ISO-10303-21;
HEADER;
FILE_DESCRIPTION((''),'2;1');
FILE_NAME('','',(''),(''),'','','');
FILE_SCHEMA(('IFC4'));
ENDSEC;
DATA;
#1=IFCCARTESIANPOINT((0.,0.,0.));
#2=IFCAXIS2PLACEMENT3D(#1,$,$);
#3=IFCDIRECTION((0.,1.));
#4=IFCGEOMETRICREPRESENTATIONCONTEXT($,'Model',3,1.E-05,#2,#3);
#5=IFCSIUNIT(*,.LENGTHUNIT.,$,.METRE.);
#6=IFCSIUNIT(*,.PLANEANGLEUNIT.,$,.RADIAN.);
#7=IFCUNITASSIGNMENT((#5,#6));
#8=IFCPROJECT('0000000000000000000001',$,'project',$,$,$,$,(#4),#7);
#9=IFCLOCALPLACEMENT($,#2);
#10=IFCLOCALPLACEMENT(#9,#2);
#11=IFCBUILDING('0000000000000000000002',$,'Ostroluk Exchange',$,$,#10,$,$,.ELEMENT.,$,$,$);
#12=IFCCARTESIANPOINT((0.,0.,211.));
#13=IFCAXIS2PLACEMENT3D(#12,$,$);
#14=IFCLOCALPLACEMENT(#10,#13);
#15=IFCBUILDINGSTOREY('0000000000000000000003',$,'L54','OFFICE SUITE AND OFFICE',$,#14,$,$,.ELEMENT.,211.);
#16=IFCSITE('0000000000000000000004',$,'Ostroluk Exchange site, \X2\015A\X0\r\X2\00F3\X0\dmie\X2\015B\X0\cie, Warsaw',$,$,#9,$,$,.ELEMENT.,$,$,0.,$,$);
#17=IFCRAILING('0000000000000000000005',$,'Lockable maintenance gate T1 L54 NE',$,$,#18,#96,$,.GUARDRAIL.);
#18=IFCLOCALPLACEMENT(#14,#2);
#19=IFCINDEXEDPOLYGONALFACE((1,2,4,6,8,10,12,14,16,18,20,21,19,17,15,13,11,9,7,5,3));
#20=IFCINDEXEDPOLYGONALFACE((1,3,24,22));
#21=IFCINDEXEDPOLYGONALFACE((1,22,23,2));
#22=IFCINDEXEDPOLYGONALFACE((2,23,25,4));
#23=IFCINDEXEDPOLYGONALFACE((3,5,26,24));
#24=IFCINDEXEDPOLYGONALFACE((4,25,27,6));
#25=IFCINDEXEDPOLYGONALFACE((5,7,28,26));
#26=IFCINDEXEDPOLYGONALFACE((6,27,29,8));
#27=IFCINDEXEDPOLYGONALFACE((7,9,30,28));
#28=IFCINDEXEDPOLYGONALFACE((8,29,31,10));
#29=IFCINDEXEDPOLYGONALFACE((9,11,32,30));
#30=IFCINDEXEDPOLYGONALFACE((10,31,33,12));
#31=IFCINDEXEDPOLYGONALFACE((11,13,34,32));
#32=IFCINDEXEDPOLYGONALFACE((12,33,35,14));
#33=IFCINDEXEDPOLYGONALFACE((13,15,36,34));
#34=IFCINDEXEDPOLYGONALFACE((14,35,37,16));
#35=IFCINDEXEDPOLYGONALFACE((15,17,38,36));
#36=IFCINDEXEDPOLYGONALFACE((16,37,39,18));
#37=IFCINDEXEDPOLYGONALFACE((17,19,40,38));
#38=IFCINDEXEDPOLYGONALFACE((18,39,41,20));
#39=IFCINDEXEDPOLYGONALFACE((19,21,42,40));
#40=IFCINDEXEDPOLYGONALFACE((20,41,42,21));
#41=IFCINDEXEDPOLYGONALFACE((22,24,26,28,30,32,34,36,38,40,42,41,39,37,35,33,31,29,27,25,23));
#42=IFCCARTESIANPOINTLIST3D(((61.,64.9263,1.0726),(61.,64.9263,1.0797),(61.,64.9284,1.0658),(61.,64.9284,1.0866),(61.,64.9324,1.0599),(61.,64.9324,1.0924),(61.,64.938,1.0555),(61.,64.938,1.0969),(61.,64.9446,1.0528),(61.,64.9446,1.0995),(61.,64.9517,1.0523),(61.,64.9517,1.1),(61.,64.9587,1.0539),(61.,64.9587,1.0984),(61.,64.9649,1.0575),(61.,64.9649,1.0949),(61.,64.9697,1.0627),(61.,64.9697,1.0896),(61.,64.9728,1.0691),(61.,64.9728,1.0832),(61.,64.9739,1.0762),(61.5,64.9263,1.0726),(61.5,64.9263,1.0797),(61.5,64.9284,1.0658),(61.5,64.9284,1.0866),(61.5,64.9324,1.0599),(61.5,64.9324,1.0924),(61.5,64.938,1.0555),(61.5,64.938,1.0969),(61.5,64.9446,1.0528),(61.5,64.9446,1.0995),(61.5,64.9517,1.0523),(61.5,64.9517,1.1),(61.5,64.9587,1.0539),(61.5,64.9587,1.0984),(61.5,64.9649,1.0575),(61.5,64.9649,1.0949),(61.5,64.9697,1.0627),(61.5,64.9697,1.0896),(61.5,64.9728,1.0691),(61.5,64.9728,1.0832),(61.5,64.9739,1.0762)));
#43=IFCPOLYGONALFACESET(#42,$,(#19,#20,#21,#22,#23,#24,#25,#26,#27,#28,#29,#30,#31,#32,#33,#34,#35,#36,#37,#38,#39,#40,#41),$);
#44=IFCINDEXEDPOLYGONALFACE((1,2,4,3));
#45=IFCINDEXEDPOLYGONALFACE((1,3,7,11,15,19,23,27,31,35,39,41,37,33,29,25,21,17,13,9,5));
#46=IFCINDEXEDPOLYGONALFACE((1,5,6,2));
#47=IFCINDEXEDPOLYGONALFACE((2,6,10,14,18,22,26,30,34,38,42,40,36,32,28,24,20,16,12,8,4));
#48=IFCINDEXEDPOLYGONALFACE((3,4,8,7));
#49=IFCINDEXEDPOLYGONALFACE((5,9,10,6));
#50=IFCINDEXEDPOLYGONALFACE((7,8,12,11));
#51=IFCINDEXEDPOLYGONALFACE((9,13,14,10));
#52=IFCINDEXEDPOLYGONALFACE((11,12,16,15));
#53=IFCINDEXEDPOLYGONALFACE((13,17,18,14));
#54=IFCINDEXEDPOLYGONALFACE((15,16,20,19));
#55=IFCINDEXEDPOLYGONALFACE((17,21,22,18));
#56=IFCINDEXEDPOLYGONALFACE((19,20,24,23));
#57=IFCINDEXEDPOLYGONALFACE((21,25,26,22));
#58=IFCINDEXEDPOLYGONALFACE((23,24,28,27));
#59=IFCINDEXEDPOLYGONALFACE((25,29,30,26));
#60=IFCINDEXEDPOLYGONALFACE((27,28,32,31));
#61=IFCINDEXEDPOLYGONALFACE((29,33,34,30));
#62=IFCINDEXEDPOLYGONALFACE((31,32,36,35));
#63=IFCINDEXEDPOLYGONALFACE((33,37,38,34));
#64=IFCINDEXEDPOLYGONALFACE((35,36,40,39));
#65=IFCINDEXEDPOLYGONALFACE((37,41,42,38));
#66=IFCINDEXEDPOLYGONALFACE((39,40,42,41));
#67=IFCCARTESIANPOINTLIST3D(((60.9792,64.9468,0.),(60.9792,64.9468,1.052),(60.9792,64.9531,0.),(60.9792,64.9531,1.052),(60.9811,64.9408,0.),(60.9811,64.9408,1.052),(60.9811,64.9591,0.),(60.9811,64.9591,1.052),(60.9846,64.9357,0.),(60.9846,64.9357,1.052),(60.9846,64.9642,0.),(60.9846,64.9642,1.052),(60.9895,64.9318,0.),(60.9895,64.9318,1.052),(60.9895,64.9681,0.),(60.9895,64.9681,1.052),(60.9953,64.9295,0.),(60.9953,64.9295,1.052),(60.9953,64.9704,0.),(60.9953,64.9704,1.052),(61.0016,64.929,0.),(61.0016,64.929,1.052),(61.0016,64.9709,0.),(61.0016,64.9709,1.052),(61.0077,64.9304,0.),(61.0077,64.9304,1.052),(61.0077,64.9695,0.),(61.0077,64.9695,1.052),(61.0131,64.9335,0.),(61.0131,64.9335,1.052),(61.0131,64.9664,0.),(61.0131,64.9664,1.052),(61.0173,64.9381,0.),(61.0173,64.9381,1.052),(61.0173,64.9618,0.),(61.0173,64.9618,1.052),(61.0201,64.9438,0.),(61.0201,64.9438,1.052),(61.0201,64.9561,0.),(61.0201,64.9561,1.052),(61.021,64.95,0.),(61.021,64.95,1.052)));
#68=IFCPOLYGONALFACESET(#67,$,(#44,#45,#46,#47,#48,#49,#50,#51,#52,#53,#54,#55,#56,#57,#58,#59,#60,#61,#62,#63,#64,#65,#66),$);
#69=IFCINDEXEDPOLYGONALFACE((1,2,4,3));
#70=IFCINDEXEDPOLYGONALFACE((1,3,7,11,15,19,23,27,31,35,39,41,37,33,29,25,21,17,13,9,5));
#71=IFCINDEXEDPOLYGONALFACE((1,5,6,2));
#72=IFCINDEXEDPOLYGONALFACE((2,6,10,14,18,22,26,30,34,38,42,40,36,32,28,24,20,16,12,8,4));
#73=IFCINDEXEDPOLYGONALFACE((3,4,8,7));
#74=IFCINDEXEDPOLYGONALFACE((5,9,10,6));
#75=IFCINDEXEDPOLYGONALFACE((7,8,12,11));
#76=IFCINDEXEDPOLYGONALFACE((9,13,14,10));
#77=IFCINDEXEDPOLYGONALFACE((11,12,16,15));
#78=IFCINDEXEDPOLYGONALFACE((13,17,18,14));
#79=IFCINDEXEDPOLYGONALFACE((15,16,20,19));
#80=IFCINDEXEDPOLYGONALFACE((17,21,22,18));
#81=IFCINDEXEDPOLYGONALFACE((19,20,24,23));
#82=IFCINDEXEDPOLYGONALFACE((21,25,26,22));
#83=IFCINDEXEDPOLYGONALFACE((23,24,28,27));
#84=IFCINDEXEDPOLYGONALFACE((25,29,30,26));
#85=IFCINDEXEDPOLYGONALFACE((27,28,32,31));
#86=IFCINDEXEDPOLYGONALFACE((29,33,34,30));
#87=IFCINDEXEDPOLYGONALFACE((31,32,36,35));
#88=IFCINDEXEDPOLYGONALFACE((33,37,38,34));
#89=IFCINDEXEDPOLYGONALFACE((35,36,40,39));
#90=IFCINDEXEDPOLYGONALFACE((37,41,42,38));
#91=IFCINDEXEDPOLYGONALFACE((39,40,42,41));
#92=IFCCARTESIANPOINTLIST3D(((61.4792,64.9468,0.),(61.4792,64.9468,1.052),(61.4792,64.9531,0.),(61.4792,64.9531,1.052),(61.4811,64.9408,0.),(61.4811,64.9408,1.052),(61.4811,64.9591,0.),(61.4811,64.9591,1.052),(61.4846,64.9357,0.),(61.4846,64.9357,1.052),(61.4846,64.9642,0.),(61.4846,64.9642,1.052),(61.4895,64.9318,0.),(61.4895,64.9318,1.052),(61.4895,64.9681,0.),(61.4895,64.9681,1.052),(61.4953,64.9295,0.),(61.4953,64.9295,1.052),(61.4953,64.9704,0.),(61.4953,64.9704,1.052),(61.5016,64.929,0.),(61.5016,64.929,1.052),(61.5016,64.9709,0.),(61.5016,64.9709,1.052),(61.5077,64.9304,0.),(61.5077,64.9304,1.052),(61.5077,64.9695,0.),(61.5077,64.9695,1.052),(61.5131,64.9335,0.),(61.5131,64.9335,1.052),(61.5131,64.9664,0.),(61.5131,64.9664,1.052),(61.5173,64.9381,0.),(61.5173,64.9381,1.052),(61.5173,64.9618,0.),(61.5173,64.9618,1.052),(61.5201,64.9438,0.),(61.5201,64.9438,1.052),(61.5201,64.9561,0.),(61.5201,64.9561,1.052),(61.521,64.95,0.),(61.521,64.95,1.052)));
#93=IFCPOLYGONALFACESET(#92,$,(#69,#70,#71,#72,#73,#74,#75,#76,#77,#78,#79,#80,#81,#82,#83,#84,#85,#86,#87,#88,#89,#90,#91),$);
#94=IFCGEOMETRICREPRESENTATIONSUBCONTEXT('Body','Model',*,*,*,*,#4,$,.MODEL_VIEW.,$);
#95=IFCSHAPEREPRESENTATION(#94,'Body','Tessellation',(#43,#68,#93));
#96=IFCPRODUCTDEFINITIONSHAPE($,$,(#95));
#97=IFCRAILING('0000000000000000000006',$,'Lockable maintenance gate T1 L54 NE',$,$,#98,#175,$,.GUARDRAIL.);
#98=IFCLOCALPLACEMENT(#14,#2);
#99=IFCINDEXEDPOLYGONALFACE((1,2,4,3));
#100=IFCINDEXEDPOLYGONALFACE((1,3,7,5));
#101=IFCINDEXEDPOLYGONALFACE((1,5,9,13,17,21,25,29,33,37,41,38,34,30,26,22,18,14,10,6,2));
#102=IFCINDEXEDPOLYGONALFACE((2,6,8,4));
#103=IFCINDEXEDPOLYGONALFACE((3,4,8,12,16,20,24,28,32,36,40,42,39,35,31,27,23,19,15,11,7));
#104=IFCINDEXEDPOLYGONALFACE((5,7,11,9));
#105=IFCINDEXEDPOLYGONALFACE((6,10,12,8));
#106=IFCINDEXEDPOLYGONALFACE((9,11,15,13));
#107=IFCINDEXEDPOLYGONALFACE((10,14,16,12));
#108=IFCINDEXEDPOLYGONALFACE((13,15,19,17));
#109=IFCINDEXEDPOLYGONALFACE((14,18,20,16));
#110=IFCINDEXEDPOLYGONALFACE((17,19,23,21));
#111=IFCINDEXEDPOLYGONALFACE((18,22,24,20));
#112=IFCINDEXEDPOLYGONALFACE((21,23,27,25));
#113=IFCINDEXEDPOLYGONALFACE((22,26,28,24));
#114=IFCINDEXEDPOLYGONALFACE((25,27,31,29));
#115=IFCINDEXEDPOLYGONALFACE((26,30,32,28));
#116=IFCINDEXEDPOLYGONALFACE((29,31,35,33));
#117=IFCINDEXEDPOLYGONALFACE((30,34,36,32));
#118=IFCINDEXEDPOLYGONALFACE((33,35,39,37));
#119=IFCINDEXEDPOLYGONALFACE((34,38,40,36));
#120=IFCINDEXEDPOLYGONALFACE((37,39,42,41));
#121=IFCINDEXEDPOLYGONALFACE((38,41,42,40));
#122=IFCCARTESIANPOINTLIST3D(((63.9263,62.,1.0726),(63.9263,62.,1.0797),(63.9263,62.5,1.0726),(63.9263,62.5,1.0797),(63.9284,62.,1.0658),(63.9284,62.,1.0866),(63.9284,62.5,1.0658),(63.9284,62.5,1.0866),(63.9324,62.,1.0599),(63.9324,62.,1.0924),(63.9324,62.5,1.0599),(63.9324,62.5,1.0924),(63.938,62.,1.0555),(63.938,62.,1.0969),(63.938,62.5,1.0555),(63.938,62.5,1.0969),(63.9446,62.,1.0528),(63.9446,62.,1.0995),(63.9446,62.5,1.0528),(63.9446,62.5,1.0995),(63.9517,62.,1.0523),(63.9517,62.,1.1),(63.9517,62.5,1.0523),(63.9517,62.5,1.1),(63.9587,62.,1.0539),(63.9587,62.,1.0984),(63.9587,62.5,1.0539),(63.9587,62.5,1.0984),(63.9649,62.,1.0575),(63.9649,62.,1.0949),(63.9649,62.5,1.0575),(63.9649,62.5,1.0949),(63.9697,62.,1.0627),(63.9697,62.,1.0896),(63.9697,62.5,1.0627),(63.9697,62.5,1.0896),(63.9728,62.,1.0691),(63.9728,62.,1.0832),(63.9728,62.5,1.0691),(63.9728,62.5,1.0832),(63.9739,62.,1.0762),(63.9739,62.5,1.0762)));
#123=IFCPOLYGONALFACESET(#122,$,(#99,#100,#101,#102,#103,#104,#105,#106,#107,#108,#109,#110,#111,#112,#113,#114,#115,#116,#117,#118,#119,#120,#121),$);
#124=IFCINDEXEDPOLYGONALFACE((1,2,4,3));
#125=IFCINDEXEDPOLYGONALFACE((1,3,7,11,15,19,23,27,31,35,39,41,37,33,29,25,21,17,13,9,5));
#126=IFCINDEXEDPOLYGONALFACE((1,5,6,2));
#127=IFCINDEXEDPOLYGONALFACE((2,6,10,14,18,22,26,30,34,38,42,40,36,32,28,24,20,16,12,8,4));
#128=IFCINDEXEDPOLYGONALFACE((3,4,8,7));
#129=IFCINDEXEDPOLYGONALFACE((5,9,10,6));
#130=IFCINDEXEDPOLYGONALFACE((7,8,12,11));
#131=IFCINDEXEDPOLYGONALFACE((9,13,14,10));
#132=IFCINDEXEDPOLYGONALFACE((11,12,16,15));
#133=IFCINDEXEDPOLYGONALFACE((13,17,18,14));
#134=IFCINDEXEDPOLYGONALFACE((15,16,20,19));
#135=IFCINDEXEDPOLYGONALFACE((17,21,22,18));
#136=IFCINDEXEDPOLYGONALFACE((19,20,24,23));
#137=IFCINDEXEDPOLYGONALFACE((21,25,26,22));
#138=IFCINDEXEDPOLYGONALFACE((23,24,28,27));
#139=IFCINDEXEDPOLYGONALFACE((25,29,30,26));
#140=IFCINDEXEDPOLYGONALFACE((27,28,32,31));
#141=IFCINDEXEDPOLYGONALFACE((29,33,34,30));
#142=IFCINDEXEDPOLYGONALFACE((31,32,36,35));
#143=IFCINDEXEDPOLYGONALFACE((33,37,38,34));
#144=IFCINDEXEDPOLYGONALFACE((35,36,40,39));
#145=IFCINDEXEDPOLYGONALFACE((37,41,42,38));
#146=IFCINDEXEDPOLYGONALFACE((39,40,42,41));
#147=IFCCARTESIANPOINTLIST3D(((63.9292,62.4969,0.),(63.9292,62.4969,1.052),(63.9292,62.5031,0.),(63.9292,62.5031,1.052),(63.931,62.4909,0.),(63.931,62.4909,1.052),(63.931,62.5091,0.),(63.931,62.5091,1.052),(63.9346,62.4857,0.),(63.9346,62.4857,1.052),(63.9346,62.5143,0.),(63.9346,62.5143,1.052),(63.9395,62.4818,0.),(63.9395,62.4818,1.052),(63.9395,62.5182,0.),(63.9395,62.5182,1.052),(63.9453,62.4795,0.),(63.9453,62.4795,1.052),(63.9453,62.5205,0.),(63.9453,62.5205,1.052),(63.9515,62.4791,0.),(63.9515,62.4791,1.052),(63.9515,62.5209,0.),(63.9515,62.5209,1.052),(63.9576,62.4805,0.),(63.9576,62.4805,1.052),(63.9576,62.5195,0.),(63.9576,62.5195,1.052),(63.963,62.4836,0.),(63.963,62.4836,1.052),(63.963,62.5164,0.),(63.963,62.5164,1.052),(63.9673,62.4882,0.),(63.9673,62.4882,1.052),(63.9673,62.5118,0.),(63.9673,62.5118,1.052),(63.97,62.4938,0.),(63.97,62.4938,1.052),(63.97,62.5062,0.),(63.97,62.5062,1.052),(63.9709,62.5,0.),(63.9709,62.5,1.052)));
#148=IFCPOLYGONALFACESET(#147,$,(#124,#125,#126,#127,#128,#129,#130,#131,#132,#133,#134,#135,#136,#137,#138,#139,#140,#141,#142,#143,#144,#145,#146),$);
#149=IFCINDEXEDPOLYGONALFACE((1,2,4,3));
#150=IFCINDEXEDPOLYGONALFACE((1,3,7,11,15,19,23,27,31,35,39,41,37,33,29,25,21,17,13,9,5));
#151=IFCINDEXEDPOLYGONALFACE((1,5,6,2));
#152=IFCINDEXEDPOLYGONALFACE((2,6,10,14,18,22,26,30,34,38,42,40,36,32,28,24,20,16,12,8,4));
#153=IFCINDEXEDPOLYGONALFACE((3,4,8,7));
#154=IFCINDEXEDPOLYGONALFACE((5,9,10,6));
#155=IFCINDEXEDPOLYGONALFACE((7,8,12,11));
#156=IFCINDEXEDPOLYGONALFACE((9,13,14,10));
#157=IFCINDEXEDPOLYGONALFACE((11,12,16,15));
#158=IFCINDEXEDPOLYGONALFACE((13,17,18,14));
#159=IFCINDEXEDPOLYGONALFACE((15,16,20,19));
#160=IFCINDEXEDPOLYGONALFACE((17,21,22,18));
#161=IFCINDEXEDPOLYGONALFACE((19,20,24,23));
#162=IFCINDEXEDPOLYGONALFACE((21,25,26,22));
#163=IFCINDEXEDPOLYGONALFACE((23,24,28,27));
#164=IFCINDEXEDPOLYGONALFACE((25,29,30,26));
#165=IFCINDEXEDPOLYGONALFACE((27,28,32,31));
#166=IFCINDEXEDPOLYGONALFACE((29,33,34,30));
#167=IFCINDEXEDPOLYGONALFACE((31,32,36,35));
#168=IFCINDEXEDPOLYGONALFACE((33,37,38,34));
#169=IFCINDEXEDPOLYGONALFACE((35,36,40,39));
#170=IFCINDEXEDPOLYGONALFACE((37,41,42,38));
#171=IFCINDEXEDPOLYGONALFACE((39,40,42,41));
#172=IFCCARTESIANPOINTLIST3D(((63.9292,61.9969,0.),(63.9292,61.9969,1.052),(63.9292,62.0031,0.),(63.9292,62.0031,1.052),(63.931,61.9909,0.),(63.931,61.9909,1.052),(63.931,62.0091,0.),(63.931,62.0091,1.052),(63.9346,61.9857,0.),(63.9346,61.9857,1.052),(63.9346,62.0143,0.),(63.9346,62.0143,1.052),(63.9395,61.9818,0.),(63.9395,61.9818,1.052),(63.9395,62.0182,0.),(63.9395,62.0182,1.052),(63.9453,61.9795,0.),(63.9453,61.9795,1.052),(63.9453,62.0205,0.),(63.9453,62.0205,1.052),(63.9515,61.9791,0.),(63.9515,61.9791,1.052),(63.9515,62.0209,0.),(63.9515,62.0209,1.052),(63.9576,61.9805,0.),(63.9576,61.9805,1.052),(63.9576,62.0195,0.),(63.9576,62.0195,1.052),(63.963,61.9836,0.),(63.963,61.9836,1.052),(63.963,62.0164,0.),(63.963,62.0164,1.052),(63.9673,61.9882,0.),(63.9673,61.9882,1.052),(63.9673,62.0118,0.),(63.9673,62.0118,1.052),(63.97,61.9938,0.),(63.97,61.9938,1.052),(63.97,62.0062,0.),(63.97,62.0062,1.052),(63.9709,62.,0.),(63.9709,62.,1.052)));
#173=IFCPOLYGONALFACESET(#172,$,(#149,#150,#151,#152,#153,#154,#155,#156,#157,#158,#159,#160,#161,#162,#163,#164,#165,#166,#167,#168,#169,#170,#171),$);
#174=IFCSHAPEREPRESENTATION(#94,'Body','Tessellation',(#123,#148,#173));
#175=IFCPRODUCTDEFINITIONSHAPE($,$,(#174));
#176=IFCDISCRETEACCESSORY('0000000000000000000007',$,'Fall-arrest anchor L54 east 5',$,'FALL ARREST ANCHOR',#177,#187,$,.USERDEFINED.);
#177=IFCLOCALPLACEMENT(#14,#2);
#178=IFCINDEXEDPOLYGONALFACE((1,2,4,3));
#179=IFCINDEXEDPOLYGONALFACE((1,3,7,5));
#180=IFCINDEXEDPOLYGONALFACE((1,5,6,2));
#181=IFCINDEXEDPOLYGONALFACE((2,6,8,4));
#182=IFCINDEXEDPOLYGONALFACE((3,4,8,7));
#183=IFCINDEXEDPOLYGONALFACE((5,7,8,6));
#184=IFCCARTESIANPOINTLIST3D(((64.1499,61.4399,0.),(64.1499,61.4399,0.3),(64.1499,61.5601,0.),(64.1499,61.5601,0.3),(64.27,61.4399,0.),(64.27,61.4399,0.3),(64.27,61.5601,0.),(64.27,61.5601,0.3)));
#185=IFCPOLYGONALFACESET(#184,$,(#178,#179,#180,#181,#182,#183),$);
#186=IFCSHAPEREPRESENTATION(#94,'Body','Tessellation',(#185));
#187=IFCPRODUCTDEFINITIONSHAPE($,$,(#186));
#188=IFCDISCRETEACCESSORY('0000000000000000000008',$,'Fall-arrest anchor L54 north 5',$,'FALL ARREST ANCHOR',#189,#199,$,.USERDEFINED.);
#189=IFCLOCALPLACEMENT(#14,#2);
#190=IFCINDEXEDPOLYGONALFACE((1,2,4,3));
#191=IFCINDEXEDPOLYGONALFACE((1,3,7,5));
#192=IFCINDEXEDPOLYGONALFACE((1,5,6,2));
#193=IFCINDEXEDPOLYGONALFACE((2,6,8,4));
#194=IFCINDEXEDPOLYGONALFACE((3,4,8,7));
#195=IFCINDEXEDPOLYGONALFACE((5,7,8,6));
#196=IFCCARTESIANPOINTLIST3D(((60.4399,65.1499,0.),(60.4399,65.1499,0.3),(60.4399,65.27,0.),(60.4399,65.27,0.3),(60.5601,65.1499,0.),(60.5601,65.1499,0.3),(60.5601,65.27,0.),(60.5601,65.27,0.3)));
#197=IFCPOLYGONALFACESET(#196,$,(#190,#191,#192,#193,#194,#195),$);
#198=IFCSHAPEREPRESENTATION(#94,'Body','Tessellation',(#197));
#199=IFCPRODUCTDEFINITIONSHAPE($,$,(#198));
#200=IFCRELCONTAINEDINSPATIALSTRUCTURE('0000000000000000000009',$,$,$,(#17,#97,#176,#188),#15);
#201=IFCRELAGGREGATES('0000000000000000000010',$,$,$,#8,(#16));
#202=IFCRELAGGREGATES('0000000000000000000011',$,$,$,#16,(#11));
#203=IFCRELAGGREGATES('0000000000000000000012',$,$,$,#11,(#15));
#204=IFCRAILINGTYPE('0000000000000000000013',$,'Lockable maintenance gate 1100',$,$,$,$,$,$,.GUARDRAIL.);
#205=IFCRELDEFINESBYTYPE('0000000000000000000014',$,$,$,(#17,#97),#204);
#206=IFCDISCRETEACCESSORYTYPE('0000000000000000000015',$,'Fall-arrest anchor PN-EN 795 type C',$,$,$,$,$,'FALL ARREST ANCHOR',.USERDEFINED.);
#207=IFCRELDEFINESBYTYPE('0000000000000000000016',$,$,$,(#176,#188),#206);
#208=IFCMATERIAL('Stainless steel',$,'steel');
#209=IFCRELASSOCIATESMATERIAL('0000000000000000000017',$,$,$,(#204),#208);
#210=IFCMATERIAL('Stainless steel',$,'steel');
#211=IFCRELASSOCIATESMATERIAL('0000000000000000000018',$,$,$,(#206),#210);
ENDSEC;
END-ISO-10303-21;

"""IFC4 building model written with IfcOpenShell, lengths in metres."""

from ifc_helpers import new_model, si_unit, direction, frame, origin, origin_2d, place, context, subcontext, project, spatial, rectangle, circle, extrude, material, type_object, element, save


model = new_model("IFC4")

# Units and contexts
model_context = context("Model", 3, precision=1e-05, world=origin(), true_north=direction((0.0, 1.0)))
body_context = subcontext(model_context, "Body", "Model", "MODEL_VIEW")
ifc_project = project(units=[si_unit("LENGTHUNIT", "METRE"), si_unit("PLANEANGLEUNIT", "RADIAN")], contexts=[model_context])

# Site, building, storey
site_placement = place(None, origin())
site = spatial("IfcSite", under=ifc_project, at=site_placement, Name="Ostroluk Exchange site, Śródmieście, Warsaw", CompositionType="ELEMENT", RefElevation=0.0)
building_placement = place(site_placement, origin())
building = spatial("IfcBuilding", under=site, at=building_placement, Name="Ostroluk Exchange", CompositionType="ELEMENT")
storey_placement = place(building_placement, frame((0.0, 0.0, 211.0)))
storey = spatial("IfcBuildingStorey", under=building, at=storey_placement, Name="L54", Description="OFFICE SUITE AND OFFICE", CompositionType="ELEMENT", Elevation=211.0)

# Railings
ifc_material_1 = material(Name="Stainless steel", Category="steel")
railing_type_1 = type_object("IfcRailingType", Name="Lockable maintenance gate 1100", PredefinedType="GUARDRAIL", material=ifc_material_1)
railing_1_placement = place(storey_placement, frame((61.0, 64.95, 0.0)))
element("IfcRailing", 1, at=railing_1_placement, inside=storey, type_object=railing_type_1, Name="Lockable maintenance gate T1 L54 NE", PredefinedType="GUARDRAIL", context=body_context, shape_type="SweptSolid", body=[
    extrude(circle(Radius=0.0239, at=origin_2d()), frame((0.0, 0.0, 1.0762), z_axis=(1.0, 0.0, 0.0), x_axis=(0.0, 1.0, 0.0)), (0.0, 0.0, 1.0), 0.5),
    extrude(circle(Radius=0.021, at=origin_2d()), origin(), (0.0, 0.0, 1.0), 1.052),
    extrude(circle(Radius=0.021, at=origin_2d()), frame((0.5, 0.0, 0.0)), (0.0, 0.0, 1.0), 1.052),
])
railing_2_placement = place(storey_placement, frame((63.95, 62.5, 0.0)))
element("IfcRailing", 2, at=railing_2_placement, inside=storey, type_object=railing_type_1, Name="Lockable maintenance gate T1 L54 NE", PredefinedType="GUARDRAIL", context=body_context, shape_type="SweptSolid", body=[
    extrude(circle(Radius=0.0239, at=origin_2d()), frame((0.0, 0.0, 1.0762), z_axis=(0.0, -1.0, 0.0), x_axis=(1.0, 0.0, 0.0)), (0.0, 0.0, 1.0), 0.5),
    extrude(circle(Radius=0.021, at=origin_2d()), origin(), (0.0, 0.0, 1.0), 1.052),
    extrude(circle(Radius=0.021, at=origin_2d()), frame((0.0, -0.5, 0.0)), (0.0, 0.0, 1.0), 1.052),
])

# Discrete accessories
ifc_material_2 = material(Name="Stainless steel", Category="steel")
discrete_accessory_type = type_object("IfcDiscreteAccessoryType", Name="Fall-arrest anchor PN-EN 795 type C", ElementType="FALL ARREST ANCHOR", PredefinedType="USERDEFINED", material=ifc_material_2)
for number, where, z_axis, x_axis, name in (
    (3, (64.21, 61.5, 0.0), (0.0, 0.0, 1.0), (1.0, 0.0, 0.0), "Fall-arrest anchor L54 east 5"),
    (4, (60.5, 65.21, 0.0), (0.0, 0.0, 1.0), (1.0, 0.0, 0.0), "Fall-arrest anchor L54 north 5"),
):
    element("IfcDiscreteAccessory", number, at=place(storey_placement, frame(where, z_axis=z_axis, x_axis=x_axis)), inside=storey, type_object=discrete_accessory_type, Name=name, ObjectType="FALL ARREST ANCHOR", PredefinedType="USERDEFINED", context=body_context, shape_type="SweptSolid", body=[
        extrude(rectangle(XDim=0.1201, YDim=0.1201, at=origin_2d()), origin(), (0.0, 0.0, 1.0), 0.3),
    ])

save(model, "model.ifc")
